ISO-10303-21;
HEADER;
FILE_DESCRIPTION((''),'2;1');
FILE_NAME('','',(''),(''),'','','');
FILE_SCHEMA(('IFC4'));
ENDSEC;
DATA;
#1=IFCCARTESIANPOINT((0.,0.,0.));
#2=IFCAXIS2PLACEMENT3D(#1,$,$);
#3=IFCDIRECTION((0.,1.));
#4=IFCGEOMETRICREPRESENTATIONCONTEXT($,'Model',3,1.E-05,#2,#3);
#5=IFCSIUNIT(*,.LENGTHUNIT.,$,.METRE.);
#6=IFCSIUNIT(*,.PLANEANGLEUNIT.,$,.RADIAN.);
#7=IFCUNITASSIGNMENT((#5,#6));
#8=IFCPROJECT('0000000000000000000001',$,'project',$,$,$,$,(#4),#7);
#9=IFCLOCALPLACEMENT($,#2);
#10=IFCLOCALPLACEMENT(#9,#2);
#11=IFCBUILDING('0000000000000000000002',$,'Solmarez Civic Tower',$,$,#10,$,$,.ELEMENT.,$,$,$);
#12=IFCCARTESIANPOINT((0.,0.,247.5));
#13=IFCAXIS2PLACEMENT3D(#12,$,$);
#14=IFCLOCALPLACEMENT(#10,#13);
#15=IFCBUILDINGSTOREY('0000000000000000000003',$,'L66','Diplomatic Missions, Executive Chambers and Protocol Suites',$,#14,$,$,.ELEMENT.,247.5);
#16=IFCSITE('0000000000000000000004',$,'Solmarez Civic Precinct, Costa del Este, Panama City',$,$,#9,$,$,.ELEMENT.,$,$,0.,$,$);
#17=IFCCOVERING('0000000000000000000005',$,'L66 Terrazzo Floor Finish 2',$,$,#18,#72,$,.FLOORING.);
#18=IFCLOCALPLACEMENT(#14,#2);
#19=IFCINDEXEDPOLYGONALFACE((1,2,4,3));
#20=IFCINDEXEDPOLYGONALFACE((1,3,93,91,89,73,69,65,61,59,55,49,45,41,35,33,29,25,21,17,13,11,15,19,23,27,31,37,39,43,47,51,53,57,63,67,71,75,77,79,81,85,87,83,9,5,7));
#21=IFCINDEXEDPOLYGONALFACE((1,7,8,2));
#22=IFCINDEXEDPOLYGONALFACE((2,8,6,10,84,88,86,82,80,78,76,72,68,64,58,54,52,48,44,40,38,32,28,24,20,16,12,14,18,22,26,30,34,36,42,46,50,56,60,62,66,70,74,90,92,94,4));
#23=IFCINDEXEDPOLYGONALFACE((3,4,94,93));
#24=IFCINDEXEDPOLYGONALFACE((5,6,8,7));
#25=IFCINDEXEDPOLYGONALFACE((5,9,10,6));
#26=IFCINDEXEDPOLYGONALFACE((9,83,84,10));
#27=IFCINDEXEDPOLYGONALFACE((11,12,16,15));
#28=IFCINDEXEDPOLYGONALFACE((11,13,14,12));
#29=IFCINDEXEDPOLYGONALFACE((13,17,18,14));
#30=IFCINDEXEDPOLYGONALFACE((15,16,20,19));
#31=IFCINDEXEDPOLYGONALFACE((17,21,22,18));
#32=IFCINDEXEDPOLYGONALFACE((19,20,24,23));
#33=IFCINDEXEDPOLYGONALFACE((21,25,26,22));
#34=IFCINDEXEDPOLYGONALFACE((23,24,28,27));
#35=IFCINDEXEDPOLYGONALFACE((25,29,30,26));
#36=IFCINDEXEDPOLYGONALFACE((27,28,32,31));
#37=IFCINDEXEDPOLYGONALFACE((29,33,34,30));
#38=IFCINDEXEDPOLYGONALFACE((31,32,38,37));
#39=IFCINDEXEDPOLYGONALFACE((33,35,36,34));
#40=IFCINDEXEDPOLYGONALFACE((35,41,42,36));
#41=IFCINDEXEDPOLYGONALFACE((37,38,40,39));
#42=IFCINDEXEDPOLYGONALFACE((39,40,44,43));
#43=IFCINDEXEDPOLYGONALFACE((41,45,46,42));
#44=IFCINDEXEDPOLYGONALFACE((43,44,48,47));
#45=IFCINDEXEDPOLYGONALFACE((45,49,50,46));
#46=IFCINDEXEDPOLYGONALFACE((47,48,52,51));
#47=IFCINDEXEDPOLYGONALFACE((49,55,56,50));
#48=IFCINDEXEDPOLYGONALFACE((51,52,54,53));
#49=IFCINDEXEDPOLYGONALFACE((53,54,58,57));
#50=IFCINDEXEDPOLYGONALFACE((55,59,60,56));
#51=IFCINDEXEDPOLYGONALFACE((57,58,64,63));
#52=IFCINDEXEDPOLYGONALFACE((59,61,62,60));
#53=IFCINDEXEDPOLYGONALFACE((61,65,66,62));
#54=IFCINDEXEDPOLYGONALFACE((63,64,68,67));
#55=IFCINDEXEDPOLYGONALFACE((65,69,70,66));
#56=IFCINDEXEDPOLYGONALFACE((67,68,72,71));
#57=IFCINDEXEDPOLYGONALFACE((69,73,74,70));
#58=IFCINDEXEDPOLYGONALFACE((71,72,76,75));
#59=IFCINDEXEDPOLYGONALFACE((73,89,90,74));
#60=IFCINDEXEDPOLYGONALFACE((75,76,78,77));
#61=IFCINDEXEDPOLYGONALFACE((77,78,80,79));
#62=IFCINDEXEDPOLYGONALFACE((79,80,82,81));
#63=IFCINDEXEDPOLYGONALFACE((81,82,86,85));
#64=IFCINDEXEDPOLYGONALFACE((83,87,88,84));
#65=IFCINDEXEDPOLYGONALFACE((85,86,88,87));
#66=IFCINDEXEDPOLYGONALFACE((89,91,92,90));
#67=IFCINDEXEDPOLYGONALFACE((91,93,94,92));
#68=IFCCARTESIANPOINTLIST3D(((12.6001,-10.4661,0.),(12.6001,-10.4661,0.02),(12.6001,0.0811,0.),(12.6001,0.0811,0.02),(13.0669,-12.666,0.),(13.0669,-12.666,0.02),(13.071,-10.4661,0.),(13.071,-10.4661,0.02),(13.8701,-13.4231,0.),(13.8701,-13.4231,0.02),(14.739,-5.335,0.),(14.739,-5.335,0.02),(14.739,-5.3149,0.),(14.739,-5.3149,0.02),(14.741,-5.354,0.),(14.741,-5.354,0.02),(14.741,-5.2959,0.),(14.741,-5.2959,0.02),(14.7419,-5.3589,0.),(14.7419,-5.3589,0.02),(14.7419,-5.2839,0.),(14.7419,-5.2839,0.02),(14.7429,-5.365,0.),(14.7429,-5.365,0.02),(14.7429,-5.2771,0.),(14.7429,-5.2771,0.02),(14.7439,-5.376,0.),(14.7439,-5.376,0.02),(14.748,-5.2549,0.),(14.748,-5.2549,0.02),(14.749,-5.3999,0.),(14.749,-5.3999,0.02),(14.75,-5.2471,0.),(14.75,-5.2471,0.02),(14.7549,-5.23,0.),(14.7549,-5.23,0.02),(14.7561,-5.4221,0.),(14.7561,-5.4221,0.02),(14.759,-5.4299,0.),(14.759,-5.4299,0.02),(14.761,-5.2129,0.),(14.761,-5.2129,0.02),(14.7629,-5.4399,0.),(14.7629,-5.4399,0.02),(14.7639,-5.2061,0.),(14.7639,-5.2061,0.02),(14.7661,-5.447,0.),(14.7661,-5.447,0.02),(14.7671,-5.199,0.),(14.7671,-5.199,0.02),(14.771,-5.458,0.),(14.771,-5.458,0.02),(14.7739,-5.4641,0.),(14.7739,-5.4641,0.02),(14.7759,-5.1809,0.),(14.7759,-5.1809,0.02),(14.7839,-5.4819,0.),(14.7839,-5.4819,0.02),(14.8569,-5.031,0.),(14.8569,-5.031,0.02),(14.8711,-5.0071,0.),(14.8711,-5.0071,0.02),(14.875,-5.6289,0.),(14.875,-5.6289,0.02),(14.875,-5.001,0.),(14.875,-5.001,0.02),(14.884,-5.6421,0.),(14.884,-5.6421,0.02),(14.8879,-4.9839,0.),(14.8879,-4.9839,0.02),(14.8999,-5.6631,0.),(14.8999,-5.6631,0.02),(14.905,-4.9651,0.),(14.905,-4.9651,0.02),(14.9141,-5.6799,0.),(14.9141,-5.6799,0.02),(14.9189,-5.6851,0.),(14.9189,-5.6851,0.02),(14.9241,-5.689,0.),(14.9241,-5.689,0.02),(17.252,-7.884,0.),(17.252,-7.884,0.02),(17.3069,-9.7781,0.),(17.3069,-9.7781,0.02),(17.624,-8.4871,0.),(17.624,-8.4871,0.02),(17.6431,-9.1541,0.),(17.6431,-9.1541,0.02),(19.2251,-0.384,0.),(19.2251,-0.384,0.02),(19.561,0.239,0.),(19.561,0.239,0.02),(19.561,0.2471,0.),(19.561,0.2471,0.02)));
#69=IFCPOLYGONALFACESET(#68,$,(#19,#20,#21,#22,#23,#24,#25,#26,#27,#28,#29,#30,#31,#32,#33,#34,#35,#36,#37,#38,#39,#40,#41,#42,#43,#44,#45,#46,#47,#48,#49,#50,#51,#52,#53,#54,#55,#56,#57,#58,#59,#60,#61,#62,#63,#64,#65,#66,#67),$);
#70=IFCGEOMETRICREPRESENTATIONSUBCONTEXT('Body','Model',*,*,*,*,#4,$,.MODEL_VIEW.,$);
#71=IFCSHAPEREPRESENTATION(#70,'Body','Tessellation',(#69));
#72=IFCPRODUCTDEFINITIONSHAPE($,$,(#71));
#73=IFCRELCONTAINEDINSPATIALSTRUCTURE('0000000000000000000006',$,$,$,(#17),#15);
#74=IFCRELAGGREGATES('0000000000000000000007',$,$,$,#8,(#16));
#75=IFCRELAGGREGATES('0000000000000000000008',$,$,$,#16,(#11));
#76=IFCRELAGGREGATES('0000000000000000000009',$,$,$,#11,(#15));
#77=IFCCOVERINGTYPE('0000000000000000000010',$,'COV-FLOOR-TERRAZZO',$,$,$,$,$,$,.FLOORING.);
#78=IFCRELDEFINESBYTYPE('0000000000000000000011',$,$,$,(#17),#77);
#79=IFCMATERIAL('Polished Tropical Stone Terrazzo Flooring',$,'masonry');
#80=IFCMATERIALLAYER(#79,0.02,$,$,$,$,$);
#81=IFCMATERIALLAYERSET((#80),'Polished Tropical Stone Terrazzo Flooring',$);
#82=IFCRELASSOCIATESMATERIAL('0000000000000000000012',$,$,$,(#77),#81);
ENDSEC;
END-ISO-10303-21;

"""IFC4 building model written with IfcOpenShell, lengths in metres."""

from ifc_helpers import new_model, si_unit, direction, frame, origin, place, context, subcontext, project, spatial, polyline, outline, extrude, material, layer, layer_set, type_object, element, save


model = new_model("IFC4")

# Units and contexts
model_context = context("Model", 3, precision=1e-05, world=origin(), true_north=direction((0.0, 1.0)))
body_context = subcontext(model_context, "Body", "Model", "MODEL_VIEW")
ifc_project = project(units=[si_unit("LENGTHUNIT", "METRE"), si_unit("PLANEANGLEUNIT", "RADIAN")], contexts=[model_context])

# Site, building, storey
site_placement = place(None, origin())
site = spatial("IfcSite", under=ifc_project, at=site_placement, Name="Solmarez Civic Precinct, Costa del Este, Panama City", CompositionType="ELEMENT", RefElevation=0.0)
building_placement = place(site_placement, origin())
building = spatial("IfcBuilding", under=site, at=building_placement, Name="Solmarez Civic Tower", CompositionType="ELEMENT")
storey_placement = place(building_placement, frame((0.0, 0.0, 247.5)))
storey = spatial("IfcBuildingStorey", under=building, at=storey_placement, Name="L66", Description="Diplomatic Missions, Executive Chambers and Protocol Suites", CompositionType="ELEMENT", Elevation=247.5)

# Covering
ifc_material_1 = material(Name="Polished Tropical Stone Terrazzo Flooring", Category="masonry")
ifc_layer_1 = layer(ifc_material_1, 0.02)
ifc_layer_set_1 = layer_set([ifc_layer_1], Name="Polished Tropical Stone Terrazzo Flooring")
covering_type_1 = type_object("IfcCoveringType", Name="COV-FLOOR-TERRAZZO", PredefinedType="FLOORING", material=ifc_layer_set_1)
covering_1_placement = place(storey_placement, origin())
element("IfcCovering", 1, at=covering_1_placement, inside=storey, type_object=covering_type_1, Name="L66 Terrazzo Floor Finish 2", PredefinedType="FLOORING", context=body_context, shape_type="SweptSolid", body=[
    extrude(outline(polyline([(12.6001, 0.0811), (12.6001, -10.4661), (13.071, -10.4661), (13.0669, -12.666), (13.8701, -13.4231), (17.3069, -9.7781), (17.6431, -9.1541), (17.624, -8.4871), (17.252, -7.884), (14.9241, -5.689), (14.9189, -5.6851), (14.9141, -5.6799), (14.8999, -5.6631), (14.884, -5.6421), (14.875, -5.6289), (14.7839, -5.4819), (14.7739, -5.4641), (14.771, -5.458), (14.7661, -5.447), (14.7629, -5.4399), (14.759, -5.4299), (14.7561, -5.4221), (14.749, -5.3999), (14.7439, -5.376), (14.7429, -5.365), (14.7419, -5.3589), (14.741, -5.354), (14.739, -5.335), (14.739, -5.3149), (14.741, -5.2959), (14.7419, -5.2839), (14.7429, -5.2771), (14.748, -5.2549), (14.75, -5.2471), (14.7549, -5.23), (14.761, -5.2129), (14.7639, -5.2061), (14.7671, -5.199), (14.7759, -5.1809), (14.8569, -5.031), (14.8711, -5.0071), (14.875, -5.001), (14.8879, -4.9839), (14.905, -4.9651), (19.2251, -0.384), (19.561, 0.239), (19.561, 0.2471), (12.6001, 0.0811)])), origin(), (0.0, 0.0, 1.0), 0.02),
])

save(model, "model.ifc")
